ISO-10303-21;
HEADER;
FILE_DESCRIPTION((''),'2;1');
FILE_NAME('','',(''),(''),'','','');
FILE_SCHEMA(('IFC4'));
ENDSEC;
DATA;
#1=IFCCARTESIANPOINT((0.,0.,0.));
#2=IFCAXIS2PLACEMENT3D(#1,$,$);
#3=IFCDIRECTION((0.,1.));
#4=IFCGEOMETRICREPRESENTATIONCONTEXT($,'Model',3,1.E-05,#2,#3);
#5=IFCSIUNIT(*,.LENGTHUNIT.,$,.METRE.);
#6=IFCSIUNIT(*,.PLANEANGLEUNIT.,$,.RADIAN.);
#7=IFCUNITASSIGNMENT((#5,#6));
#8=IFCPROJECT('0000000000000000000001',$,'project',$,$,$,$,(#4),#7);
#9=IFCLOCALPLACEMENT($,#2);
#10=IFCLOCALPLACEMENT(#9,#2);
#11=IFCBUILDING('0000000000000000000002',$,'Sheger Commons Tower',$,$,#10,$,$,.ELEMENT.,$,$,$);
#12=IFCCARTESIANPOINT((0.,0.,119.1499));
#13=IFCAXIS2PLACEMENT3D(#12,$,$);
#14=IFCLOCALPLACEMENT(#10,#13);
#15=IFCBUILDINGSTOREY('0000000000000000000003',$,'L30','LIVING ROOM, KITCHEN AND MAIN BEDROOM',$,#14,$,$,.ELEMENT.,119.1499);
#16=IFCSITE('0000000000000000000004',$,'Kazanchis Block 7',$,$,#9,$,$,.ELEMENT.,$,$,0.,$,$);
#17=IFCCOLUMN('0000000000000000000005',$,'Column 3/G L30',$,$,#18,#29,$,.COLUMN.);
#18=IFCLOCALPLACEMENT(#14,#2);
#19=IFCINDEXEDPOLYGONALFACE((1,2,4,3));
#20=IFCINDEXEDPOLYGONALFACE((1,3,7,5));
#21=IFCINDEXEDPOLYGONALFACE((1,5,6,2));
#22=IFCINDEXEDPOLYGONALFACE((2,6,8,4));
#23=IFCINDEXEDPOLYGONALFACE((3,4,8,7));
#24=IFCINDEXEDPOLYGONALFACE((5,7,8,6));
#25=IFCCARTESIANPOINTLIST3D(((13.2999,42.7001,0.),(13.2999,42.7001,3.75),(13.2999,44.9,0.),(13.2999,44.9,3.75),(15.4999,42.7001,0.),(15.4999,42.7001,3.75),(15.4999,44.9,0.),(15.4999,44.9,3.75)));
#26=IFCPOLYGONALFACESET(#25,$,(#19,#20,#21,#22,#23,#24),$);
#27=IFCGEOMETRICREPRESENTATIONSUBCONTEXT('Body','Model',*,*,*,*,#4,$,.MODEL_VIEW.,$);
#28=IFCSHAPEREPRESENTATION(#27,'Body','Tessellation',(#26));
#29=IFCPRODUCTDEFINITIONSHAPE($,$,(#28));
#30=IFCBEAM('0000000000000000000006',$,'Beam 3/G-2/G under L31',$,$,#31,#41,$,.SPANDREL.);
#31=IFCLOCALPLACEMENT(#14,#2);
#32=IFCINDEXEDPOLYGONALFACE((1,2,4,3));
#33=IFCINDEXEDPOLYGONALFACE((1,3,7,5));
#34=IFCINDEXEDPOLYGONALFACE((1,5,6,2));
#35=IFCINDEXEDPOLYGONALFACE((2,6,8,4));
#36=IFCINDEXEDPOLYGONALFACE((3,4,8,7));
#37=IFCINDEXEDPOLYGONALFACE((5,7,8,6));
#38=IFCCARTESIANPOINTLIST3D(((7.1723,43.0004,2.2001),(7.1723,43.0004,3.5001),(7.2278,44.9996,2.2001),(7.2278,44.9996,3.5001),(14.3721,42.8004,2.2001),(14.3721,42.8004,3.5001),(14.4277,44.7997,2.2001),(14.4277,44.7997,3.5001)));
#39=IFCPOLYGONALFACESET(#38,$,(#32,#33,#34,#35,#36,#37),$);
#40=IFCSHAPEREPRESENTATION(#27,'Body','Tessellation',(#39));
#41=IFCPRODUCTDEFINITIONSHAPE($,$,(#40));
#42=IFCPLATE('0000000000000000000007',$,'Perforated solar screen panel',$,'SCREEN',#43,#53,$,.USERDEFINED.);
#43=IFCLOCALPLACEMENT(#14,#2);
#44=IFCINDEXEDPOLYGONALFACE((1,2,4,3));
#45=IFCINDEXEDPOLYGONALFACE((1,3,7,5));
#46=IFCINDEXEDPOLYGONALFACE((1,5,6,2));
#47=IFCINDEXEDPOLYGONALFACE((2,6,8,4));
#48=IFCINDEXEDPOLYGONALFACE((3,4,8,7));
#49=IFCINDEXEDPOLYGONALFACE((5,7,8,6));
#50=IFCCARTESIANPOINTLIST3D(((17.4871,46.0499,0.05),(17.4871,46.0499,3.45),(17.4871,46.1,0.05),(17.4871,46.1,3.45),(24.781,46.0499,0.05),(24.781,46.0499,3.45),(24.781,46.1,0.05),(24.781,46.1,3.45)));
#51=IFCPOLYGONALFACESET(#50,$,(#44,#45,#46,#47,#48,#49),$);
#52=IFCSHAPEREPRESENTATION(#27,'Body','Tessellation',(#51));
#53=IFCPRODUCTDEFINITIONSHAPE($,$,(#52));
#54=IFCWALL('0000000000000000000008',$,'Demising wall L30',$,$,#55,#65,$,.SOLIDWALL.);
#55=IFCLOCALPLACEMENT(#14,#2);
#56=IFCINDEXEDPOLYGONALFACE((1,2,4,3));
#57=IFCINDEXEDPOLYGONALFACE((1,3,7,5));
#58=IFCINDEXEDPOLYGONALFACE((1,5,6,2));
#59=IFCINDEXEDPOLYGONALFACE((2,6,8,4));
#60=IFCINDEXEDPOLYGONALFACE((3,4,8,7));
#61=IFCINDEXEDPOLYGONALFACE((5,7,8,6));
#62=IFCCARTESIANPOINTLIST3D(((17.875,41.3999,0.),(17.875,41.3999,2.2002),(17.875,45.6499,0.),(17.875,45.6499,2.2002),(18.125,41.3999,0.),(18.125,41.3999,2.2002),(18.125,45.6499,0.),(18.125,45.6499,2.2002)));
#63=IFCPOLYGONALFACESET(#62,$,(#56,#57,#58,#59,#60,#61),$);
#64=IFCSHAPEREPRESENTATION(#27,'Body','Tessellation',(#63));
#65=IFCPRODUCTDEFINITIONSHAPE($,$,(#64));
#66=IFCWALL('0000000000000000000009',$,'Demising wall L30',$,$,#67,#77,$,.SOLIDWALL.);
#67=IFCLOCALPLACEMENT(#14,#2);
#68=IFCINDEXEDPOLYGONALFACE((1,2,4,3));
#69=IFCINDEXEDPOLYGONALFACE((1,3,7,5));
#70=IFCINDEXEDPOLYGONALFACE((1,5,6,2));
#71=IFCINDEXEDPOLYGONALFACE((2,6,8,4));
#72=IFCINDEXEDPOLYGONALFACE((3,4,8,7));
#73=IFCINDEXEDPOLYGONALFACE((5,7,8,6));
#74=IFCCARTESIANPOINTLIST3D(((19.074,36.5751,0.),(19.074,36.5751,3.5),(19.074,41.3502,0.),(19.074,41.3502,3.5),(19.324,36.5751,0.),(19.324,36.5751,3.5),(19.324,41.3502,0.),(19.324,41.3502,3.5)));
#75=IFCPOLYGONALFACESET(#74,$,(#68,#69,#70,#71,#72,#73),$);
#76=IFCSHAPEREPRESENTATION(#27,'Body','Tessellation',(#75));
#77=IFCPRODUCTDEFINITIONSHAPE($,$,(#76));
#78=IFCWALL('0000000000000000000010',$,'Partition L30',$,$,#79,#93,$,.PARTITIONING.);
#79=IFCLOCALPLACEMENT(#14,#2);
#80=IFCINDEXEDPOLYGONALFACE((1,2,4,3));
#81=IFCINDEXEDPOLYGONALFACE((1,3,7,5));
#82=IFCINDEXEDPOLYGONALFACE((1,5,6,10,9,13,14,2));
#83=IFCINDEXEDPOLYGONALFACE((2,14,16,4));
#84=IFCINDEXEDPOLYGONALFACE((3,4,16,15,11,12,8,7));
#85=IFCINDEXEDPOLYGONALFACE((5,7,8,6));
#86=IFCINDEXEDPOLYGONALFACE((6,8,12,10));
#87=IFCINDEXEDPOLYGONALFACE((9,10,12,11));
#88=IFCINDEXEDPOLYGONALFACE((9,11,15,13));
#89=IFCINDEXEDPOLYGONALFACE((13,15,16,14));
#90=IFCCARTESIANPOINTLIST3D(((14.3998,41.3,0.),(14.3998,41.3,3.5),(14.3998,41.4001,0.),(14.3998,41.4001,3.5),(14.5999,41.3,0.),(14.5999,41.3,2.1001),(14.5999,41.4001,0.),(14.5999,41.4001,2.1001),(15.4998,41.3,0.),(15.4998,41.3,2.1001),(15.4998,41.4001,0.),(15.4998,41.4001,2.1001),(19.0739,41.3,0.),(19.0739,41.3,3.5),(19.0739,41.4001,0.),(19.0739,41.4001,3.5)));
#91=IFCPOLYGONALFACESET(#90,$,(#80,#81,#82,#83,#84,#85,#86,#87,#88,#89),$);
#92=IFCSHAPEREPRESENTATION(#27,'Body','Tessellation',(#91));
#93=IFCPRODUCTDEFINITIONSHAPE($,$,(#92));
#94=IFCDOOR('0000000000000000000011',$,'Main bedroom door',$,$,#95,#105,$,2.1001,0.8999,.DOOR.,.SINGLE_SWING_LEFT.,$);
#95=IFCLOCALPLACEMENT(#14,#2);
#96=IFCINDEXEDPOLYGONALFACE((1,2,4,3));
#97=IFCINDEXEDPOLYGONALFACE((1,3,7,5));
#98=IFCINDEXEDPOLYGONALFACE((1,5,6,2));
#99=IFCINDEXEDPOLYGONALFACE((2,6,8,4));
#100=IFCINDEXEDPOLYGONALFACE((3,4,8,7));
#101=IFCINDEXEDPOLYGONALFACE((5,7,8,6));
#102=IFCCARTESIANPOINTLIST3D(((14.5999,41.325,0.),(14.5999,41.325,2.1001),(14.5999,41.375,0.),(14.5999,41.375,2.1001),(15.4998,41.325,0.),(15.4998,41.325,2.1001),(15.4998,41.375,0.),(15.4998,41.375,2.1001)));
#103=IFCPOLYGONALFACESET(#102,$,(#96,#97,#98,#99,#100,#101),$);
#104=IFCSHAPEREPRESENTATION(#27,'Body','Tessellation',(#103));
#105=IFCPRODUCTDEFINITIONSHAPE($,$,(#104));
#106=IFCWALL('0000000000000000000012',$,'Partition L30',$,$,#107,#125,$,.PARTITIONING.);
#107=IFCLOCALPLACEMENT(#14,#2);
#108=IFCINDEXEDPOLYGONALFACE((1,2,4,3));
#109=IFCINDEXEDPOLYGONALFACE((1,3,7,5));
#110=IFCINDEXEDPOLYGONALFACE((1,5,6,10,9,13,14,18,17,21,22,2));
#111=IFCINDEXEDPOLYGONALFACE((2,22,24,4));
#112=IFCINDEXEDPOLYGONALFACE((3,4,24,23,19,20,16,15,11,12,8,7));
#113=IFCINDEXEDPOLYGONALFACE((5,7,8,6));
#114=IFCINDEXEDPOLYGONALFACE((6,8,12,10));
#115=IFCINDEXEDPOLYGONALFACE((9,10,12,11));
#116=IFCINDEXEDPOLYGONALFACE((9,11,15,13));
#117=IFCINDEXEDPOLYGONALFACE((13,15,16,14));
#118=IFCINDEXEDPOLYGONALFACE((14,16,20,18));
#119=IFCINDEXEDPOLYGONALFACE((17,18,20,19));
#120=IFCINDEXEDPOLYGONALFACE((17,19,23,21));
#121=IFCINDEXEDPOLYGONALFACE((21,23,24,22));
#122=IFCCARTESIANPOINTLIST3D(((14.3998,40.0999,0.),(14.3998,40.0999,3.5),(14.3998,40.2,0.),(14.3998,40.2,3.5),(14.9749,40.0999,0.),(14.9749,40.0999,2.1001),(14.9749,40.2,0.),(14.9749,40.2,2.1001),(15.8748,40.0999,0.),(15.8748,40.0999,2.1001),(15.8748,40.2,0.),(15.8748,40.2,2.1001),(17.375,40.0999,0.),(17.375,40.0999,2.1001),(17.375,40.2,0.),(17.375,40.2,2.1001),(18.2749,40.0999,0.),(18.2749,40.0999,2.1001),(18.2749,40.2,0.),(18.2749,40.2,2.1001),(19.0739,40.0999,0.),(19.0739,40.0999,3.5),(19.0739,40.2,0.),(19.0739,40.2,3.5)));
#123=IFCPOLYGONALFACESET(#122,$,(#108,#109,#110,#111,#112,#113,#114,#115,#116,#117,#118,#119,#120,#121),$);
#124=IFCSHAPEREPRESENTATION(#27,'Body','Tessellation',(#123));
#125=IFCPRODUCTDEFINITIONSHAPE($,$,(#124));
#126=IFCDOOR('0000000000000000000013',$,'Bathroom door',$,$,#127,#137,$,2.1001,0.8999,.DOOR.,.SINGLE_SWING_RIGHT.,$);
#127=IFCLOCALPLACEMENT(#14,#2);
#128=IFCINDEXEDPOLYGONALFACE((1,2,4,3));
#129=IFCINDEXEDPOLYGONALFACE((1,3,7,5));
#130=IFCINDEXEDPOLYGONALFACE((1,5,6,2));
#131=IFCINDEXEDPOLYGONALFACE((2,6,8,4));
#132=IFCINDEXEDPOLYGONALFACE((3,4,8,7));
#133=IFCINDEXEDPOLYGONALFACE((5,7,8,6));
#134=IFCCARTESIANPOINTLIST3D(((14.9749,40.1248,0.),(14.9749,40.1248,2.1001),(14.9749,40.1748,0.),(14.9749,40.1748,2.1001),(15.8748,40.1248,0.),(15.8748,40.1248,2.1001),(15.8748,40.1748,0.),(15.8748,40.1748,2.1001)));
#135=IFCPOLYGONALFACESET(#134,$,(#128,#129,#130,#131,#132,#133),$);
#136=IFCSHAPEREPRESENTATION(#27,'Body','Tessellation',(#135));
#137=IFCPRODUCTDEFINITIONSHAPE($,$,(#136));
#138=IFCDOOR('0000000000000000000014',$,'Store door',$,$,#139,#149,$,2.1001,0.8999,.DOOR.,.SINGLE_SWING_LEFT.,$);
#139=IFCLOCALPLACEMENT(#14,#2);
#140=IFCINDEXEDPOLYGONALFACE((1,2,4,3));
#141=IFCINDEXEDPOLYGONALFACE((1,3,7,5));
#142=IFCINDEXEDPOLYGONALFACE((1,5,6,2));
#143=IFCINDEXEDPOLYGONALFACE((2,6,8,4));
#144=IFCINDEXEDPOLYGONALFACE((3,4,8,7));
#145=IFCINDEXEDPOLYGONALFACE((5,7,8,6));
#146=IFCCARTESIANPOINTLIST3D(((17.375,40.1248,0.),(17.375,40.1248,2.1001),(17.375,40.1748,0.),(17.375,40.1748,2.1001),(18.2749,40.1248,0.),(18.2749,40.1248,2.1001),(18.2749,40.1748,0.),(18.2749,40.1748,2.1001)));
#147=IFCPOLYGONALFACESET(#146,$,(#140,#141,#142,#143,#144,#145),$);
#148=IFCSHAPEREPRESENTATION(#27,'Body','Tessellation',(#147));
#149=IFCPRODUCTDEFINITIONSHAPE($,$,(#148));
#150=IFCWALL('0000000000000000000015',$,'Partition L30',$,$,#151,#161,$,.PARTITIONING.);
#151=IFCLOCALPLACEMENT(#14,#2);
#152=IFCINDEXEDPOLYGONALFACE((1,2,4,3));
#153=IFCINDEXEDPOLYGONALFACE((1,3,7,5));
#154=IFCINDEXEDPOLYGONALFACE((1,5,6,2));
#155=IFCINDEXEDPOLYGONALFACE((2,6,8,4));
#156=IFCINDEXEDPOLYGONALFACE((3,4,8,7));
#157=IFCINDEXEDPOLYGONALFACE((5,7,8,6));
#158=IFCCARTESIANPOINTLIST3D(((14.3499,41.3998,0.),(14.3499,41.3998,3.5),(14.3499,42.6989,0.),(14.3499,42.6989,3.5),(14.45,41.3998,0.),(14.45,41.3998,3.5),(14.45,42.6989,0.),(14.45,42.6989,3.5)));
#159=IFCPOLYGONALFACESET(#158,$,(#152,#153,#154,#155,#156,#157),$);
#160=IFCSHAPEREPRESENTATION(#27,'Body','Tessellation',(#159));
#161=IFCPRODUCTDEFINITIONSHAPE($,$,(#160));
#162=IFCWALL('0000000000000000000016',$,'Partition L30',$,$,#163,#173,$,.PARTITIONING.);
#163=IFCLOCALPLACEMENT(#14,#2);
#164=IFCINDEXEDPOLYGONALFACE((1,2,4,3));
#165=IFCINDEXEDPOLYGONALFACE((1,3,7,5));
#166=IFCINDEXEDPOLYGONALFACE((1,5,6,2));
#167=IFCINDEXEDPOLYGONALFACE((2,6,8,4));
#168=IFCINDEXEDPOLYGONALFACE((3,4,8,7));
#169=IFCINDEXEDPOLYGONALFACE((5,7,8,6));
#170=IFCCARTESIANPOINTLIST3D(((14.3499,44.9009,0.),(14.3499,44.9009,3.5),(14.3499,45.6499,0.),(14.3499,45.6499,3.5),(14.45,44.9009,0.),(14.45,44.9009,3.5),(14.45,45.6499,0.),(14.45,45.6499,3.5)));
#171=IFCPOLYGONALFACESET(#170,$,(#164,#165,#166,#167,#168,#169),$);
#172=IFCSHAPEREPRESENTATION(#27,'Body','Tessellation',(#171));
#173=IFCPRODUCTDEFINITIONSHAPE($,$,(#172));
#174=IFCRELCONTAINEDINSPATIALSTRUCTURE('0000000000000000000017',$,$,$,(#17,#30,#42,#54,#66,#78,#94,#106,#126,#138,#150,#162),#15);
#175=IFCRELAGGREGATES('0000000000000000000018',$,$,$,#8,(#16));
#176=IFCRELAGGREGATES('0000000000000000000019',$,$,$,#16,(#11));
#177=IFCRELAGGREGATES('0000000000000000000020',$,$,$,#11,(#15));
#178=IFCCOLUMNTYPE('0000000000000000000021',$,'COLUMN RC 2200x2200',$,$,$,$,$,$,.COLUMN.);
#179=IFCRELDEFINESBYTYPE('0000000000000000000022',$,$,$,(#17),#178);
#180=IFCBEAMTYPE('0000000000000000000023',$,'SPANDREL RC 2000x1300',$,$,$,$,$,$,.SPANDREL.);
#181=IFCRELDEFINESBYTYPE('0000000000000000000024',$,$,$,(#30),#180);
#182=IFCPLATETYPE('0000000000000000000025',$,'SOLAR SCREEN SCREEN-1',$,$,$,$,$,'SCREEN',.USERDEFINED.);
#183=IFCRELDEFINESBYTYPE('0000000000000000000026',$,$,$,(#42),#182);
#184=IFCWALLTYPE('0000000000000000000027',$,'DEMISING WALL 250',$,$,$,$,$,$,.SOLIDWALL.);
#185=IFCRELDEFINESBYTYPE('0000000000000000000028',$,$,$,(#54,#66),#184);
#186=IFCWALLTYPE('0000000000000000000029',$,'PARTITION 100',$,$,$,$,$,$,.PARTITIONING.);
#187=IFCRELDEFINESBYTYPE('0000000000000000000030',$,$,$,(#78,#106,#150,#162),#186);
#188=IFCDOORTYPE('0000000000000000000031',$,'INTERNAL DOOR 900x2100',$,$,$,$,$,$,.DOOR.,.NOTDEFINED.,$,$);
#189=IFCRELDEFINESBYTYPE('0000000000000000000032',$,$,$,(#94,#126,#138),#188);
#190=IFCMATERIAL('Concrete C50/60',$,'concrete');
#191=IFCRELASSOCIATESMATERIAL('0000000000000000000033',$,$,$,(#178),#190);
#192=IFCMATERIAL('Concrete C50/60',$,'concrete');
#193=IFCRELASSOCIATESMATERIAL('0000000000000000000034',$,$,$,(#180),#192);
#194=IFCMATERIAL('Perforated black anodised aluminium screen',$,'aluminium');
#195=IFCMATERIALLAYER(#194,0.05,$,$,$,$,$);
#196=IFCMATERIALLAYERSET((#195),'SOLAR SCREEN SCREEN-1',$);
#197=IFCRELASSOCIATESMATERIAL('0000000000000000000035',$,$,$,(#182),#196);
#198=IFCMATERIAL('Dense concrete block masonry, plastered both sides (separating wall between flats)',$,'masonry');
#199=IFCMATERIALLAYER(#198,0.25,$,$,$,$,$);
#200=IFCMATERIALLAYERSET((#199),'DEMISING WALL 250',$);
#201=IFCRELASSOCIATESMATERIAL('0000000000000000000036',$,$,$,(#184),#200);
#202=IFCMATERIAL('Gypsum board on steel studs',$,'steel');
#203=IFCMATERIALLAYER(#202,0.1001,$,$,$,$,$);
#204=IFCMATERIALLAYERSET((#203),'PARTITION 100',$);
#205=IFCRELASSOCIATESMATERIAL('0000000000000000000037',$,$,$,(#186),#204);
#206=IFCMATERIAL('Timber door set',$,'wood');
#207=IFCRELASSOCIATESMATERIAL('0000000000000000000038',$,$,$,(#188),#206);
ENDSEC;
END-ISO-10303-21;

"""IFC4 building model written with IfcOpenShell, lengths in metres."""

from ifc_helpers import new_model, si_unit, direction, frame, frame_2d, origin, origin_2d, place, context, subcontext, project, spatial, rectangle, extrude, material, layer, layer_set, material_profile, profile_set, type_object, element, fill, save


model = new_model("IFC4")

# Units and contexts
model_context = context("Model", 3, precision=1e-05, world=origin(), true_north=direction((0.0, 1.0)))
body_context = subcontext(model_context, "Body", "Model", "MODEL_VIEW")
ifc_project = project(units=[si_unit("LENGTHUNIT", "METRE"), si_unit("PLANEANGLEUNIT", "RADIAN")], contexts=[model_context])

# Site, building, storey
site_placement = place(None, origin())
site = spatial("IfcSite", under=ifc_project, at=site_placement, Name="Kazanchis Block 7", CompositionType="ELEMENT", RefElevation=0.0)
building_placement = place(site_placement, origin())
building = spatial("IfcBuilding", under=site, at=building_placement, Name="Sheger Commons Tower", CompositionType="ELEMENT")
storey_placement = place(building_placement, frame((0.0, 0.0, 119.1499)))
storey = spatial("IfcBuildingStorey", under=building, at=storey_placement, Name="L30", Description="LIVING ROOM, KITCHEN AND MAIN BEDROOM", CompositionType="ELEMENT", Elevation=119.1499)

# Column
ifc_material_1 = material(Name="Concrete C50/60", Category="concrete")
ifc_material_profile_1 = material_profile(ifc_material_1, rectangle(XDim=2.2, YDim=2.2, at=origin_2d()), Name="RC 2200x2200")
ifc_profile_set_1 = profile_set([ifc_material_profile_1], Name="Concrete C50/60")
column_type = type_object("IfcColumnType", Name="COLUMN RC 2200x2200", PredefinedType="COLUMN", material=ifc_profile_set_1)
column_placement = place(storey_placement, frame((14.3999, 43.8, 0.0), z_axis=(0.0, 0.0, 1.0), x_axis=(1.0, 0.0, 0.0)))
element("IfcColumn", 1, at=column_placement, inside=storey, type_object=column_type, Name="Column 3/G L30", PredefinedType="COLUMN", context=body_context, shape_type="SweptSolid", body=[
    extrude(rectangle(XDim=2.2, YDim=2.2, at=origin_2d()), origin(), (0.0, 0.0, 1.0), 3.75),
])

# Beam
ifc_material_2 = material(Name="Concrete C50/60", Category="concrete")
ifc_material_profile_2 = material_profile(ifc_material_2, rectangle(XDim=2.0, YDim=1.3, at=origin_2d()), Name="RC 2000x1300")
ifc_profile_set_2 = profile_set([ifc_material_profile_2], Name="Concrete C50/60")
beam_type = type_object("IfcBeamType", Name="SPANDREL RC 2000x1300", PredefinedType="SPANDREL", material=ifc_profile_set_2)
beam_placement = place(storey_placement, frame((14.3999, 43.8, 2.8501), z_axis=(-0.999615, 0.02776, 0.0), x_axis=(-0.02776, -0.999615, 0.0)))
element("IfcBeam", 2, at=beam_placement, inside=storey, type_object=beam_type, Name="Beam 3/G-2/G under L31", PredefinedType="SPANDREL", context=body_context, shape_type="SweptSolid", body=[
    extrude(rectangle(XDim=2.0, YDim=1.3, at=origin_2d()), origin(), (0.0, 0.0, 1.0), 7.2026),
])

# Plate
ifc_material_3 = material(Name="Perforated black anodised aluminium screen", Category="aluminium")
ifc_layer_1 = layer(ifc_material_3, 0.05)
ifc_layer_set_1 = layer_set([ifc_layer_1], Name="SOLAR SCREEN SCREEN-1")
plate_type = type_object("IfcPlateType", Name="SOLAR SCREEN SCREEN-1", ElementType="SCREEN", PredefinedType="USERDEFINED", material=ifc_layer_set_1)
plate_placement = place(storey_placement, frame((21.134, 46.075, 0.05), z_axis=(0.0, 0.0, 1.0), x_axis=(-1.0, 0.0, 0.0)))
element("IfcPlate", 3, at=plate_placement, inside=storey, type_object=plate_type, Name="Perforated solar screen panel", ObjectType="SCREEN", PredefinedType="USERDEFINED", context=body_context, shape_type="SweptSolid", body=[
    extrude(rectangle(XDim=7.2939, YDim=0.05, at=origin_2d()), origin(), (0.0, 0.0, 1.0), 3.3999),
])

# Walls
ifc_material_4 = material(Name="Dense concrete block masonry, plastered both sides (separating wall between flats)", Category="masonry")
ifc_layer_2 = layer(ifc_material_4, 0.25)
ifc_layer_set_2 = layer_set([ifc_layer_2], Name="DEMISING WALL 250")
wall_type_1 = type_object("IfcWallType", Name="DEMISING WALL 250", PredefinedType="SOLIDWALL", material=ifc_layer_set_2)
wall_1_placement = place(storey_placement, frame((18.0, 41.3999, 0.0), z_axis=(0.0, 0.0, 1.0), x_axis=(0.0, 1.0, 0.0)))
element("IfcWall", 4, at=wall_1_placement, inside=storey, type_object=wall_type_1, Name="Demising wall L30", PredefinedType="SOLIDWALL", context=body_context, shape_type="SweptSolid", body=[
    extrude(rectangle(XDim=4.25, YDim=0.25, at=frame_2d((2.125, 0.0))), origin(), (0.0, 0.0, 1.0), 2.2002),
])
wall_2_placement = place(storey_placement, frame((19.199, 36.575, 0.0), z_axis=(0.0, 0.0, 1.0), x_axis=(0.0, 1.0, 0.0)))
element("IfcWall", 5, at=wall_2_placement, inside=storey, type_object=wall_type_1, Name="Demising wall L30", PredefinedType="SOLIDWALL", context=body_context, shape_type="SweptSolid", body=[
    extrude(rectangle(XDim=4.7751, YDim=0.25, at=frame_2d((2.3877, 0.0))), origin(), (0.0, 0.0, 1.0), 3.5),
])

# Wall, opening, door
ifc_material_5 = material(Name="Gypsum board on steel studs", Category="steel")
ifc_layer_3 = layer(ifc_material_5, 0.1001)
ifc_layer_set_3 = layer_set([ifc_layer_3], Name="PARTITION 100")
wall_type_2 = type_object("IfcWallType", Name="PARTITION 100", PredefinedType="PARTITIONING", material=ifc_layer_set_3)
wall_3_placement = place(storey_placement, frame((14.3999, 41.3501, 0.0), z_axis=(0.0, 0.0, 1.0), x_axis=(1.0, 0.0, 0.0)))
wall_3 = element("IfcWall", 6, at=wall_3_placement, inside=storey, type_object=wall_type_2, Name="Partition L30", PredefinedType="PARTITIONING", context=body_context, shape_type="SweptSolid", body=[
    extrude(rectangle(XDim=4.6741, YDim=0.1001, at=frame_2d((2.3369, 0.0))), origin(), (0.0, 0.0, 1.0), 3.5),
])
opening_1_placement = place(wall_3_placement, frame((0.2, 0.0, 0.0)))
opening_1 = element("IfcOpeningElement", 7, at=opening_1_placement, cuts=wall_3, PredefinedType="OPENING", context=body_context, shape_type="SweptSolid", body=[
    extrude(rectangle(XDim=0.8999, YDim=2.1001, at=frame_2d((0.45, 1.05))), frame((0.0, 0.0601, 0.0), z_axis=(0.0, -1.0, 0.0), x_axis=(1.0, 0.0, 0.0)), (0.0, 0.0, 1.0), 0.1201),
])
ifc_material_6 = material(Name="Timber door set", Category="wood")
door_type_1 = type_object("IfcDoorType", Name="INTERNAL DOOR 900x2100", OperationType="NOTDEFINED", PredefinedType="DOOR", material=ifc_material_6)
door_1_placement = place(opening_1_placement, origin())
door_1 = element("IfcDoor", 8, at=door_1_placement, inside=storey, type_object=door_type_1, Name="Main bedroom door", OperationType="SINGLE_SWING_LEFT", OverallHeight=2.1001, OverallWidth=0.8999, PredefinedType="DOOR", context=body_context, shape_type="SweptSolid", body=[
    extrude(rectangle(XDim=0.8999, YDim=2.1001, at=frame_2d((0.45, 1.05))), frame((0.0, 0.0249, 0.0), z_axis=(0.0, -1.0, 0.0), x_axis=(1.0, 0.0, 0.0)), (0.0, 0.0, 1.0), 0.05),
])
fill(opening_1, door_1)

# Wall, openings, doors
wall_4_placement = place(storey_placement, frame((14.3999, 40.1499, 0.0), z_axis=(0.0, 0.0, 1.0), x_axis=(1.0, 0.0, 0.0)))
wall_4 = element("IfcWall", 9, at=wall_4_placement, inside=storey, type_object=wall_type_2, Name="Partition L30", PredefinedType="PARTITIONING", context=body_context, shape_type="SweptSolid", body=[
    extrude(rectangle(XDim=4.6741, YDim=0.1001, at=frame_2d((2.3369, 0.0))), origin(), (0.0, 0.0, 1.0), 3.5),
])
opening_2_placement = place(wall_4_placement, frame((0.575, 0.0, 0.0)))
opening_2 = element("IfcOpeningElement", 10, at=opening_2_placement, cuts=wall_4, PredefinedType="OPENING", context=body_context, shape_type="SweptSolid", body=[
    extrude(rectangle(XDim=0.8999, YDim=2.1001, at=frame_2d((0.45, 1.05))), frame((0.0, 0.0601, 0.0), z_axis=(0.0, -1.0, 0.0), x_axis=(1.0, 0.0, 0.0)), (0.0, 0.0, 1.0), 0.1201),
])
opening_3_placement = place(wall_4_placement, frame((2.9751, 0.0, 0.0)))
opening_3 = element("IfcOpeningElement", 11, at=opening_3_placement, cuts=wall_4, PredefinedType="OPENING", context=body_context, shape_type="SweptSolid", body=[
    extrude(rectangle(XDim=0.8999, YDim=2.1001, at=frame_2d((0.45, 1.05))), frame((0.0, 0.0601, 0.0), z_axis=(0.0, -1.0, 0.0), x_axis=(1.0, 0.0, 0.0)), (0.0, 0.0, 1.0), 0.1201),
])
door_2_placement = place(opening_2_placement, origin())
door_2 = element("IfcDoor", 12, at=door_2_placement, inside=storey, type_object=door_type_1, Name="Bathroom door", OperationType="SINGLE_SWING_RIGHT", OverallHeight=2.1001, OverallWidth=0.8999, PredefinedType="DOOR", context=body_context, shape_type="SweptSolid", body=[
    extrude(rectangle(XDim=0.8999, YDim=2.1001, at=frame_2d((0.45, 1.05))), frame((0.0, 0.0249, 0.0), z_axis=(0.0, -1.0, 0.0), x_axis=(1.0, 0.0, 0.0)), (0.0, 0.0, 1.0), 0.05),
])
fill(opening_2, door_2)
door_3_placement = place(opening_3_placement, origin())
door_3 = element("IfcDoor", 13, at=door_3_placement, inside=storey, type_object=door_type_1, Name="Store door", OperationType="SINGLE_SWING_LEFT", OverallHeight=2.1001, OverallWidth=0.8999, PredefinedType="DOOR", context=body_context, shape_type="SweptSolid", body=[
    extrude(rectangle(XDim=0.8999, YDim=2.1001, at=frame_2d((0.45, 1.05))), frame((0.0, 0.0249, 0.0), z_axis=(0.0, -1.0, 0.0), x_axis=(1.0, 0.0, 0.0)), (0.0, 0.0, 1.0), 0.05),
])
fill(opening_3, door_3)

# Walls
wall_5_placement = place(storey_placement, frame((14.3999, 41.3999, 0.0), z_axis=(0.0, 0.0, 1.0), x_axis=(0.0, 1.0, 0.0)))
element("IfcWall", 14, at=wall_5_placement, inside=storey, type_object=wall_type_2, Name="Partition L30", PredefinedType="PARTITIONING", context=body_context, shape_type="SweptSolid", body=[
    extrude(rectangle(XDim=1.2991, YDim=0.1001, at=frame_2d((0.6494, 0.0))), origin(), (0.0, 0.0, 1.0), 3.5),
])
wall_6_placement = place(storey_placement, frame((14.3999, 44.9009, 0.0), z_axis=(0.0, 0.0, 1.0), x_axis=(0.0, 1.0, 0.0)))
element("IfcWall", 15, at=wall_6_placement, inside=storey, type_object=wall_type_2, Name="Partition L30", PredefinedType="PARTITIONING", context=body_context, shape_type="SweptSolid", body=[
    extrude(rectangle(XDim=0.749, YDim=0.1001, at=frame_2d((0.3745, 0.0))), origin(), (0.0, 0.0, 1.0), 3.5),
])

save(model, "model.ifc")
